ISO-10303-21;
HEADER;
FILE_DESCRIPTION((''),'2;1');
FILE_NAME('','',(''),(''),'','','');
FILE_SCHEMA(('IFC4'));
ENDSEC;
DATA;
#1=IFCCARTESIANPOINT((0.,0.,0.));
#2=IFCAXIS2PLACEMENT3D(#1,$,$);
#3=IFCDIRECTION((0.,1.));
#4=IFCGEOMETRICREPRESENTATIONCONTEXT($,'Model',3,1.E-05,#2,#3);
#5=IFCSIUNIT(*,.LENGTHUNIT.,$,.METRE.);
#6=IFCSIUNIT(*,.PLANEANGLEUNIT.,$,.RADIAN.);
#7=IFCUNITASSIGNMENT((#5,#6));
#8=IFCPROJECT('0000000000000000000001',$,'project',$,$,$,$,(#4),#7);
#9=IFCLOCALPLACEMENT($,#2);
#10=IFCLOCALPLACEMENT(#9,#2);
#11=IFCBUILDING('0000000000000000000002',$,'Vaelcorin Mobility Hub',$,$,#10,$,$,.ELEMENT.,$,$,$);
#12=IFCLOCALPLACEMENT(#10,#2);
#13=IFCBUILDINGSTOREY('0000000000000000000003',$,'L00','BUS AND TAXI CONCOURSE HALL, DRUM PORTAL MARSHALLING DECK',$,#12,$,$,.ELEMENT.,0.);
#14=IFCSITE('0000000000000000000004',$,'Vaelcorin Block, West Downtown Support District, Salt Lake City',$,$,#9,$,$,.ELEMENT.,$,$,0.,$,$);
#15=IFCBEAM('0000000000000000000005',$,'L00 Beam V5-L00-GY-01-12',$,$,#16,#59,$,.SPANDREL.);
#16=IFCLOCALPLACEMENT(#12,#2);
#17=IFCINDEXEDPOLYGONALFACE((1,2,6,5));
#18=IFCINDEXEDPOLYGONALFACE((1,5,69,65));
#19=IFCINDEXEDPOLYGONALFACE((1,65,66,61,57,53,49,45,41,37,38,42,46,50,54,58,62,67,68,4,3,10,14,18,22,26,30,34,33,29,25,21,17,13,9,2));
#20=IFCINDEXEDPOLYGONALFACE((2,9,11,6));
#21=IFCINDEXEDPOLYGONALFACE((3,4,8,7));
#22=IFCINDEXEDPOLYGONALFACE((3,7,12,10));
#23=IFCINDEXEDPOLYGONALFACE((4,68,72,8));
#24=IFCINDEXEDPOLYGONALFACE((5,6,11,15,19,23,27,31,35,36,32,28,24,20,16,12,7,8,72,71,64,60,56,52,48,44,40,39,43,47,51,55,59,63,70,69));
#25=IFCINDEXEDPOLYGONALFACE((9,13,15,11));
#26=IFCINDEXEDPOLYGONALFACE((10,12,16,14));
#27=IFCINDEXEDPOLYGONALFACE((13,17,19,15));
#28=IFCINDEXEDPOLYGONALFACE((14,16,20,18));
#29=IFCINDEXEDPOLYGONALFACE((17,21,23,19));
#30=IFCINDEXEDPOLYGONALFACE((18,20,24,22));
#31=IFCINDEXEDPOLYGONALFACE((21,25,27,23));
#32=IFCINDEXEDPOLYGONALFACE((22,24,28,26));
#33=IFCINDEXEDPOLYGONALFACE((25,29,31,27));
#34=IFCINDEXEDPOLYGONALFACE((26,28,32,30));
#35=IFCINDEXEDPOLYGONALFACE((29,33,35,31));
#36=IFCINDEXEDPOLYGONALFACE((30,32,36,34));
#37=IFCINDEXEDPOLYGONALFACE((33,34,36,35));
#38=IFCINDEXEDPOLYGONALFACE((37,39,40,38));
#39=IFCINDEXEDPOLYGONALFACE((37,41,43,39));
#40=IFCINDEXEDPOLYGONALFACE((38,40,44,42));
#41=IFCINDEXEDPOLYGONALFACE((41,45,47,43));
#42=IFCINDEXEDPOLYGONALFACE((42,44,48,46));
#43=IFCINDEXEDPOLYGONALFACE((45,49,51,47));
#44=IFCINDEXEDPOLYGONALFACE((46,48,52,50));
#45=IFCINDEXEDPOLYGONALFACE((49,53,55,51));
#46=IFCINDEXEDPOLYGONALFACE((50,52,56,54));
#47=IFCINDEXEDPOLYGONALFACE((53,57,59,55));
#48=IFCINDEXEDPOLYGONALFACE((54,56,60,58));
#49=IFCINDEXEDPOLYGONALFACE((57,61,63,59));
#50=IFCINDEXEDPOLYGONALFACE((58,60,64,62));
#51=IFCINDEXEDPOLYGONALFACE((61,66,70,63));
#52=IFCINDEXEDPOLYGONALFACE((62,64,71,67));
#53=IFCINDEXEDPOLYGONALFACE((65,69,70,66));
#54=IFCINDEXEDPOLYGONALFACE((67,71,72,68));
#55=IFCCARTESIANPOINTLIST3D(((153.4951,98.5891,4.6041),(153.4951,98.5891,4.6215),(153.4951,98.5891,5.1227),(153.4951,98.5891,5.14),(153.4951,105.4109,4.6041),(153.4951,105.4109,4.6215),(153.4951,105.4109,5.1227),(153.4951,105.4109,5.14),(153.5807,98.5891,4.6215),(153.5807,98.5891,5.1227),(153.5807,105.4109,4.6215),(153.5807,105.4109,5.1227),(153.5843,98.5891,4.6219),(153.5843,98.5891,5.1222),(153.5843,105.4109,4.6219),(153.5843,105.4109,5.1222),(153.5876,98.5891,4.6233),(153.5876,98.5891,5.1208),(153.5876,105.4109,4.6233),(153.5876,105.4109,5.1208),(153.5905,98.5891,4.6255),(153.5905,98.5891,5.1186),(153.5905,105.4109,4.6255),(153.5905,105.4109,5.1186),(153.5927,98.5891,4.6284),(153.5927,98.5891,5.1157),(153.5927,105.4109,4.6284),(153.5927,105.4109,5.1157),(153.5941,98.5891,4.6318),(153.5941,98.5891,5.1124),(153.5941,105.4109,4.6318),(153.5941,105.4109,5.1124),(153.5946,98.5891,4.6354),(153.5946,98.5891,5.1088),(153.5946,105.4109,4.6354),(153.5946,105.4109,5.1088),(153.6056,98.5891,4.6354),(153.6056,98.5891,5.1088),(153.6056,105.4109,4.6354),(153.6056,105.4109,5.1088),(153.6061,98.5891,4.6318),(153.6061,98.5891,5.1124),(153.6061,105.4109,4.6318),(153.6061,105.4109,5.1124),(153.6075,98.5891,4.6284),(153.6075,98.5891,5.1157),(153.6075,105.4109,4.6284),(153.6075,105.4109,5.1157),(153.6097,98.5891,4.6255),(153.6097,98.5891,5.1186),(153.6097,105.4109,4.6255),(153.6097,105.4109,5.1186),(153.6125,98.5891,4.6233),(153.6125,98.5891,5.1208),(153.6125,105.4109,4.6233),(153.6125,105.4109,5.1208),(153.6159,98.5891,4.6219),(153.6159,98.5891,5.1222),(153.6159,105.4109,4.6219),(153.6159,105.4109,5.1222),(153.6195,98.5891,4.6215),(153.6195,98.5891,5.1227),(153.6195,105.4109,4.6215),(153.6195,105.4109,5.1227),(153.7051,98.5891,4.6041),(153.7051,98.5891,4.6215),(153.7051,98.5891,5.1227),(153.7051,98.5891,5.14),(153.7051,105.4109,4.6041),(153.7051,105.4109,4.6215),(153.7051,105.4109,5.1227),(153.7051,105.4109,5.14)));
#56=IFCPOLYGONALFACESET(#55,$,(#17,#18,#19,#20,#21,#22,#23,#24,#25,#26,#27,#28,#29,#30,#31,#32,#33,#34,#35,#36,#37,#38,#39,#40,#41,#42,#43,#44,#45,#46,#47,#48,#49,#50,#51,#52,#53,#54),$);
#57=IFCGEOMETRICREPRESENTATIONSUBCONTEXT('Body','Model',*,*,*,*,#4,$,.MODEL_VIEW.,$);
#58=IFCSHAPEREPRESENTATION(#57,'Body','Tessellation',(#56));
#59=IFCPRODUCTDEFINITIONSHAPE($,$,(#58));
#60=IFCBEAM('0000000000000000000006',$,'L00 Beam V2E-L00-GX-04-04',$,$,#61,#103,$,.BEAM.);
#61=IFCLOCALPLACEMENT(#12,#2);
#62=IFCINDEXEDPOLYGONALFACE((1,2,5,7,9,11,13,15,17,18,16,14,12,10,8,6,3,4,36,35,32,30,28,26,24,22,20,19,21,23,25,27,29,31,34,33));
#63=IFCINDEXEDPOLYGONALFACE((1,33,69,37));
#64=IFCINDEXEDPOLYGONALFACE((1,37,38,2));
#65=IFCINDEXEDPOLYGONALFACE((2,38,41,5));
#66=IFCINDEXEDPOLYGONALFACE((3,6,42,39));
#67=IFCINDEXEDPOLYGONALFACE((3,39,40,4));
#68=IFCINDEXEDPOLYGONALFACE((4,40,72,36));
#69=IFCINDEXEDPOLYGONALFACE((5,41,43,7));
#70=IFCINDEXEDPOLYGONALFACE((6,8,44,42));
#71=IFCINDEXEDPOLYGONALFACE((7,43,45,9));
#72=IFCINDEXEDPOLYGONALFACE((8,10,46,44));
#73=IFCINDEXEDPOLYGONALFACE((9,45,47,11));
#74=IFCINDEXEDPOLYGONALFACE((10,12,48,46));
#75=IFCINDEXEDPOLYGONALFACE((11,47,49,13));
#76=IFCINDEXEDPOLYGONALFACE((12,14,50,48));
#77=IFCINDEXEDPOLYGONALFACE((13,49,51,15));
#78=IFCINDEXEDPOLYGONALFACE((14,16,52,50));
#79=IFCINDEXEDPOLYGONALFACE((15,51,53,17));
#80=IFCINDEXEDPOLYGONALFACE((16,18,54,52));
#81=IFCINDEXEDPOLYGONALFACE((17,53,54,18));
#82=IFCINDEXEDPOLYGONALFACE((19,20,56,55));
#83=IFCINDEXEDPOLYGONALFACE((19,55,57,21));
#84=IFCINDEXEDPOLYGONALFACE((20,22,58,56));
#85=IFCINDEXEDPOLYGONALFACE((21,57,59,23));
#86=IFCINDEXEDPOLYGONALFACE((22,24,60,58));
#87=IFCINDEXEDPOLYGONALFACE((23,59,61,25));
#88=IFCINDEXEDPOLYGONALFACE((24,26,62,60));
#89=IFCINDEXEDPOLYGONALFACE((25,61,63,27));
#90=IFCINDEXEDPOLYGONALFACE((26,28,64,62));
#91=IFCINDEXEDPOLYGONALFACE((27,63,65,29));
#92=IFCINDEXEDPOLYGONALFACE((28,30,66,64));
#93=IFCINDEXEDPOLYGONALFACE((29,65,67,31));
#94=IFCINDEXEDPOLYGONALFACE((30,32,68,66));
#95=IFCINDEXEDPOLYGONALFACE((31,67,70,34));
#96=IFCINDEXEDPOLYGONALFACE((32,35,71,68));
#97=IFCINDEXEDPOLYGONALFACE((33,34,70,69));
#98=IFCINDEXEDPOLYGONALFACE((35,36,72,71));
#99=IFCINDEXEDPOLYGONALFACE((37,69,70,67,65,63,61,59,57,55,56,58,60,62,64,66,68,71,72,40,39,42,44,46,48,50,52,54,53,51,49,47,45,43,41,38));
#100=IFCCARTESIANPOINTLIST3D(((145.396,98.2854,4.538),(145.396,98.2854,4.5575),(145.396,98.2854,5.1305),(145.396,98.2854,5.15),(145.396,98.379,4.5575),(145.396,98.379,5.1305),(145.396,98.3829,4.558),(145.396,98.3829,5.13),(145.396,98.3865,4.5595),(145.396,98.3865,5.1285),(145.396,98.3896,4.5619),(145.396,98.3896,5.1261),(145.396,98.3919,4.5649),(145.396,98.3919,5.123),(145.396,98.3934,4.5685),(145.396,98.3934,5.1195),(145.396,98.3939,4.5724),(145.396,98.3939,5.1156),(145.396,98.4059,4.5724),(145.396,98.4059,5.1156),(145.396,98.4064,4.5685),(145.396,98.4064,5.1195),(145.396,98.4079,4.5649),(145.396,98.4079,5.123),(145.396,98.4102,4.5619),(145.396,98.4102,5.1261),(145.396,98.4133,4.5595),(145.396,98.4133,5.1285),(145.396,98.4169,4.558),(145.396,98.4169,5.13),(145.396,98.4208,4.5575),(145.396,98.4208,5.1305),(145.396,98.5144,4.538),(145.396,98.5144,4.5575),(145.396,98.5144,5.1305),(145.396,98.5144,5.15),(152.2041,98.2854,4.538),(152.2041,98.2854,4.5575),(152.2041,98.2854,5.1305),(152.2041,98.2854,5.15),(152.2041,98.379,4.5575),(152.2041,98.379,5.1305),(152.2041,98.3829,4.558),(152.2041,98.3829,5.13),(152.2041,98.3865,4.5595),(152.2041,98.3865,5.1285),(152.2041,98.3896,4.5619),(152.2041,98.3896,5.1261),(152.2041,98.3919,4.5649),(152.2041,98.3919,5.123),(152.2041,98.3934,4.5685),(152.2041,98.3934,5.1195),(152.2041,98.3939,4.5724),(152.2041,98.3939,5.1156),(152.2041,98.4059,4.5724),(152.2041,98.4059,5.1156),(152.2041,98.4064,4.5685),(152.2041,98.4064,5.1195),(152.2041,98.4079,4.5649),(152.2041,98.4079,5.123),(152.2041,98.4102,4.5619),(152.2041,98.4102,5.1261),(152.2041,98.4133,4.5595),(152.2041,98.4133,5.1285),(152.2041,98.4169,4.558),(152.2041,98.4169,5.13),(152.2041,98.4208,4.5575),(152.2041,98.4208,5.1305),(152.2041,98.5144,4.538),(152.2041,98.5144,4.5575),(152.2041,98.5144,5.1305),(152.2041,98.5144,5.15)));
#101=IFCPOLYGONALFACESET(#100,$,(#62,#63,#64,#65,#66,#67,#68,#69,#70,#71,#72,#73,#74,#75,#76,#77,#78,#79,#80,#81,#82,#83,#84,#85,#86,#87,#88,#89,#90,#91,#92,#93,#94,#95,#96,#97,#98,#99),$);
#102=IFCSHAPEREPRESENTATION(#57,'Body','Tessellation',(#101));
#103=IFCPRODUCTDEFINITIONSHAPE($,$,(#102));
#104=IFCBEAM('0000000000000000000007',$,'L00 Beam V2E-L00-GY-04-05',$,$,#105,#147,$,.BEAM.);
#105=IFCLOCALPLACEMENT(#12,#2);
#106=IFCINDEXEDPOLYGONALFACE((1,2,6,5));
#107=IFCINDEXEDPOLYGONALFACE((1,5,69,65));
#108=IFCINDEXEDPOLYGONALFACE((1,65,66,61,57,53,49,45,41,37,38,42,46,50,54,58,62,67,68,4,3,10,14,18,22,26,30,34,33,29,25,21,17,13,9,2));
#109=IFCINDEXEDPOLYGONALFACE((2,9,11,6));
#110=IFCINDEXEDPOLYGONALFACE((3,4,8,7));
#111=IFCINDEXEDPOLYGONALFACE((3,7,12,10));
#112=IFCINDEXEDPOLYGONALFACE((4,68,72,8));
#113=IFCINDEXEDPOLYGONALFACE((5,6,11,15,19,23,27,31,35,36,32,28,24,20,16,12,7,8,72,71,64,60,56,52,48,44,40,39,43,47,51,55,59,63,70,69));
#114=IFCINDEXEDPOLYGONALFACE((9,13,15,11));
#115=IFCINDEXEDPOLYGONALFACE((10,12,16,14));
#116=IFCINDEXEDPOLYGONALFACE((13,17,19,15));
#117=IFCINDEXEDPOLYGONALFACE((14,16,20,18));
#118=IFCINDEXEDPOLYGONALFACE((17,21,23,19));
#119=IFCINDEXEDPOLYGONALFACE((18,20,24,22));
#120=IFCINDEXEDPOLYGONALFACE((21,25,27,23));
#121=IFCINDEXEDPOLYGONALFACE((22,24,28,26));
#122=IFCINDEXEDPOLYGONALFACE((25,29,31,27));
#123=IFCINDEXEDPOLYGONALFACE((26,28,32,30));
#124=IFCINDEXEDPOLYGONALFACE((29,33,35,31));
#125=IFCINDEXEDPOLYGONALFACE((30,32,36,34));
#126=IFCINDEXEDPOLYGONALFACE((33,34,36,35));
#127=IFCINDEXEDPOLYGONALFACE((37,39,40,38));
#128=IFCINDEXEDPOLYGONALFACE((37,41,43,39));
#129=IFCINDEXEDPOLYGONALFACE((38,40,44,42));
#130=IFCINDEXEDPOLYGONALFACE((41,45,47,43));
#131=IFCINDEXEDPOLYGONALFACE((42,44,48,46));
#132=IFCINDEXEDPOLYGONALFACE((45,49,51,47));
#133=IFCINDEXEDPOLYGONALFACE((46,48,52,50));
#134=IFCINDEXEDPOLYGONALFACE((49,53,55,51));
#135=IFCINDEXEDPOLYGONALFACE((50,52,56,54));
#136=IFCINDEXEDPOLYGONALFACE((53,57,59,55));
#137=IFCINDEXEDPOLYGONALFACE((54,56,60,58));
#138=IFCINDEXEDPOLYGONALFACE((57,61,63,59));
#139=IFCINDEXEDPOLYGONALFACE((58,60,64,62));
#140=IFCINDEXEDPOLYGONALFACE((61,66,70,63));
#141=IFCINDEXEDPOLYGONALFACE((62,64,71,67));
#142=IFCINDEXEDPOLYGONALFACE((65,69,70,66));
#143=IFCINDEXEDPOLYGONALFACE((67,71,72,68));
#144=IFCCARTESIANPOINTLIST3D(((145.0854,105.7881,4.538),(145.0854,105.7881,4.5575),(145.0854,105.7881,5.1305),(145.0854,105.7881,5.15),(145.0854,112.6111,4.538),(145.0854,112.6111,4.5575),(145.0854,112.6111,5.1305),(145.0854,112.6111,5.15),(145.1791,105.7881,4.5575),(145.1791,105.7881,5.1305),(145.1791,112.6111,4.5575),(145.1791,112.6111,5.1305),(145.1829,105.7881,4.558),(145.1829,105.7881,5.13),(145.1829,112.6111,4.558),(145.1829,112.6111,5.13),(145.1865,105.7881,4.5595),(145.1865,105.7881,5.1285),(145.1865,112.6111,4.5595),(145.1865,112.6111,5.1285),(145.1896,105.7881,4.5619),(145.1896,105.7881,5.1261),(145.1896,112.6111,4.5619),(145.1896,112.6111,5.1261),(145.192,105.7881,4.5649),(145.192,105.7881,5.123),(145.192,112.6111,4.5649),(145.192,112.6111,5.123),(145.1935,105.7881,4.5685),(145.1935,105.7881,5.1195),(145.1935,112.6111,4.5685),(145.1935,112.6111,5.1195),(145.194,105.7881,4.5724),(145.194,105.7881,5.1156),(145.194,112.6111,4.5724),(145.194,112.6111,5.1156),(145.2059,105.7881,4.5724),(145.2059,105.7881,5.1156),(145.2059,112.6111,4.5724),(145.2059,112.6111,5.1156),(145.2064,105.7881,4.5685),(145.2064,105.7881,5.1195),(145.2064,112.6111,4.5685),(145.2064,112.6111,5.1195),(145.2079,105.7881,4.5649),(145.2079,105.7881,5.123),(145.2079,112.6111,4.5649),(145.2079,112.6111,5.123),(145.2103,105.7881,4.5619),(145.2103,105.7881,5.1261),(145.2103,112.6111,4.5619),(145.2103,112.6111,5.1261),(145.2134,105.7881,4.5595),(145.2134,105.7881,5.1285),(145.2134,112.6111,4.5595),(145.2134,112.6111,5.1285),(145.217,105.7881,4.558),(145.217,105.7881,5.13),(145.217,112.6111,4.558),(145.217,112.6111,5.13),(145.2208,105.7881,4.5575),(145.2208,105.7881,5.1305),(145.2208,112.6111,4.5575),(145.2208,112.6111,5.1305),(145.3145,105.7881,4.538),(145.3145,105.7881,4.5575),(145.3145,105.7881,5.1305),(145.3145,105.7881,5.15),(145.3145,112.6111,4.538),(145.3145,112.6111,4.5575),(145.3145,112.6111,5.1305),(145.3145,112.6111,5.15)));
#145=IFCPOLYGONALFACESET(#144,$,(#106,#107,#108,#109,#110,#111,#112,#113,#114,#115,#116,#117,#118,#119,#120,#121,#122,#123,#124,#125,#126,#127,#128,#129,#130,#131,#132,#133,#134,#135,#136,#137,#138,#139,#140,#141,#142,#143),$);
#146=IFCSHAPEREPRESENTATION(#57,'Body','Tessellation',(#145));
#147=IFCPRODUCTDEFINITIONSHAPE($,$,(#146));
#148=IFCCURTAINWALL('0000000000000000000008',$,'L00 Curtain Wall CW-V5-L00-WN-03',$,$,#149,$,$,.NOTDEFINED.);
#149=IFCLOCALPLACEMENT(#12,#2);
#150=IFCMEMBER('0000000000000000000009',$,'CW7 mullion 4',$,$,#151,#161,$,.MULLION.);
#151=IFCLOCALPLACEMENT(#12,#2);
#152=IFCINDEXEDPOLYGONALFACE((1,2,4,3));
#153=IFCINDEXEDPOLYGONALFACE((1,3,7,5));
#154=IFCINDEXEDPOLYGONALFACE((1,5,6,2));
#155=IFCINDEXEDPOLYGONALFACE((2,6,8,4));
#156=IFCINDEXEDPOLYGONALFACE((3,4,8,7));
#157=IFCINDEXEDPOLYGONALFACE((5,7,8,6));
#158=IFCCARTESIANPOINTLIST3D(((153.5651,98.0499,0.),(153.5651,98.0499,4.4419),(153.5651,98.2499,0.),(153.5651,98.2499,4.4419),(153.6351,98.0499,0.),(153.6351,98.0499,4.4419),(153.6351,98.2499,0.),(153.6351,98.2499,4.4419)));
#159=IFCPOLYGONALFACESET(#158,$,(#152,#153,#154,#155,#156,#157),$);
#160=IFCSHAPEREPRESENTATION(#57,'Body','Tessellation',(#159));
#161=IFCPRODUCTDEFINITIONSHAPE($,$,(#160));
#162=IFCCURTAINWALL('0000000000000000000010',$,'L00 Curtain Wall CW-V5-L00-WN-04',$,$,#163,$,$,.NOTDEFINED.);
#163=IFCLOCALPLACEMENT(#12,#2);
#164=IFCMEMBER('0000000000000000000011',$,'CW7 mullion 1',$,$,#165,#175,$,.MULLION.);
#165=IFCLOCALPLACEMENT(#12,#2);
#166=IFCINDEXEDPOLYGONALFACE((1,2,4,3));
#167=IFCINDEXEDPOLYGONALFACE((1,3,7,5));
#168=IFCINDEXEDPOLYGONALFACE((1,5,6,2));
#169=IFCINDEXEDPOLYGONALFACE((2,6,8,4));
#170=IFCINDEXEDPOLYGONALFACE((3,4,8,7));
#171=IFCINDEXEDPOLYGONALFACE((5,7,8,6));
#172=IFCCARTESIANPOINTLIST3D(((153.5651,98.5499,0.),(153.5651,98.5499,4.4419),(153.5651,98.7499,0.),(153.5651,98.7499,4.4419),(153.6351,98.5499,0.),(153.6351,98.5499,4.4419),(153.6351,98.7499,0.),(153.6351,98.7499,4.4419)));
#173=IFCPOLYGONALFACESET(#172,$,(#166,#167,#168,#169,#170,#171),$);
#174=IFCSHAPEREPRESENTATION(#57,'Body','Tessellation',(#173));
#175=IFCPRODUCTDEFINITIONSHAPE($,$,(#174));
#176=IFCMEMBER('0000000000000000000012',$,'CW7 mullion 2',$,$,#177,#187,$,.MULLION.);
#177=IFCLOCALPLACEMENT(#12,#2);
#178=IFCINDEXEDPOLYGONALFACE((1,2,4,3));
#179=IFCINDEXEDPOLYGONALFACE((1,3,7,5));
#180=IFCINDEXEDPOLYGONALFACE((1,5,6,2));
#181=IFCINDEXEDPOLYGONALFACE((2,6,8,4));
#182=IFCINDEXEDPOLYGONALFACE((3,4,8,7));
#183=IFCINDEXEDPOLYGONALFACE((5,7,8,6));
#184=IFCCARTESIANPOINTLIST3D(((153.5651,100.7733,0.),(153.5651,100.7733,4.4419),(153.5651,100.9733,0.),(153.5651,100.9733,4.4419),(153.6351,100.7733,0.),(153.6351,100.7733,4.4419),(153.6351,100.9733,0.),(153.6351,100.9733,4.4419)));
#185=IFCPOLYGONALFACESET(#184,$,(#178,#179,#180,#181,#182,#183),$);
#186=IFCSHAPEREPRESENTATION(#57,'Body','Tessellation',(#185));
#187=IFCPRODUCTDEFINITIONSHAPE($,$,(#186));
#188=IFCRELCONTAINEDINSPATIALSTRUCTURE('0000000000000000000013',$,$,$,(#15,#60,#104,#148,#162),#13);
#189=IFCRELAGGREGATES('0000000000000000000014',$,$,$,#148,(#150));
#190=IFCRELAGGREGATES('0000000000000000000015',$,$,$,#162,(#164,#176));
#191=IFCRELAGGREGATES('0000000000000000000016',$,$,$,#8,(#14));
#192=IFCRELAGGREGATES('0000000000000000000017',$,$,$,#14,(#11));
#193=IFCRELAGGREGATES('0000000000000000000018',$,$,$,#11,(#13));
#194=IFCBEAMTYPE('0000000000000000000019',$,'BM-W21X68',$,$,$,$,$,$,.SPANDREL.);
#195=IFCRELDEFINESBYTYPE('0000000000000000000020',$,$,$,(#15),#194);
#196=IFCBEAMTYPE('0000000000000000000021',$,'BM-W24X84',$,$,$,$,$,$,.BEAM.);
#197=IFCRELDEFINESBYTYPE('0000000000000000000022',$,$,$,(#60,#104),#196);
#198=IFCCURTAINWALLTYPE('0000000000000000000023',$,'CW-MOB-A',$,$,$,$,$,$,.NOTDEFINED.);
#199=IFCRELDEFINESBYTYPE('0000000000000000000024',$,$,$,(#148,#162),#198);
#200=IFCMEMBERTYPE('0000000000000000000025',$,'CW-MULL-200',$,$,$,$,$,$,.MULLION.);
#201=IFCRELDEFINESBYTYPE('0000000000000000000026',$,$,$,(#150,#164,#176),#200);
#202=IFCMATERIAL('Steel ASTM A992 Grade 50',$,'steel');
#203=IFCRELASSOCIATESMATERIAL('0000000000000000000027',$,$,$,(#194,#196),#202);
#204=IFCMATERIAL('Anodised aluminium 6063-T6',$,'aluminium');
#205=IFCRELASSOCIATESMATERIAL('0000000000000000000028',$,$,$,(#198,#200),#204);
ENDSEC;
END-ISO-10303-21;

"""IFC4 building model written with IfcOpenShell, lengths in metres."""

from ifc_helpers import new_model, si_unit, direction, frame, origin, origin_2d, place, context, subcontext, project, spatial, rectangle, i_section, extrude, material, material_profile, profile_set, type_object, element, aggregate, save


model = new_model("IFC4")

# Units and contexts
model_context = context("Model", 3, precision=1e-05, world=origin(), true_north=direction((0.0, 1.0)))
body_context = subcontext(model_context, "Body", "Model", "MODEL_VIEW")
ifc_project = project(units=[si_unit("LENGTHUNIT", "METRE"), si_unit("PLANEANGLEUNIT", "RADIAN")], contexts=[model_context])

# Site, building, storey
site_placement = place(None, origin())
site = spatial("IfcSite", under=ifc_project, at=site_placement, Name="Vaelcorin Block, West Downtown Support District, Salt Lake City", CompositionType="ELEMENT", RefElevation=0.0)
building_placement = place(site_placement, origin())
building = spatial("IfcBuilding", under=site, at=building_placement, Name="Vaelcorin Mobility Hub", CompositionType="ELEMENT")
storey_placement = place(building_placement, origin())
storey = spatial("IfcBuildingStorey", under=building, at=storey_placement, Name="L00", Description="BUS AND TAXI CONCOURSE HALL, DRUM PORTAL MARSHALLING DECK", CompositionType="ELEMENT", Elevation=0.0)

# Shared definitions
ifc_material_1 = material(Name="Steel ASTM A992 Grade 50", Category="steel")

# Beams
ifc_material_profile_1 = material_profile(ifc_material_1, i_section(OverallWidth=0.21, OverallDepth=0.5359, WebThickness=0.011, FlangeThickness=0.0173, FilletRadius=0.0139, at=origin_2d()), Name="W21X68")
ifc_profile_set_1 = profile_set([ifc_material_profile_1], Name="Steel ASTM A992 Grade 50")
beam_type_1 = type_object("IfcBeamType", Name="BM-W21X68", PredefinedType="SPANDREL", material=ifc_profile_set_1)
beam_1_placement = place(storey_placement, frame((153.6001, 98.5891, 4.8721), z_axis=(0.0, 1.0, 0.0), x_axis=(-1.0, 0.0, 0.0)))
element("IfcBeam", 1, at=beam_1_placement, inside=storey, type_object=beam_type_1, Name="L00 Beam V5-L00-GY-01-12", PredefinedType="SPANDREL", context=body_context, shape_type="SweptSolid", body=[
    extrude(i_section(OverallWidth=0.21, OverallDepth=0.5359, WebThickness=0.011, FlangeThickness=0.0173, FilletRadius=0.0139, at=origin_2d()), origin(), (0.0, 0.0, 1.0), 6.8218),
])
ifc_material_profile_2 = material_profile(ifc_material_1, i_section(OverallWidth=0.229, OverallDepth=0.6121, WebThickness=0.012, FlangeThickness=0.0195, FilletRadius=0.0149, at=origin_2d()), Name="W24X84")
ifc_profile_set_2 = profile_set([ifc_material_profile_2], Name="Steel ASTM A992 Grade 50")
beam_type_2 = type_object("IfcBeamType", Name="BM-W24X84", PredefinedType="BEAM", material=ifc_profile_set_2)
beam_2_placement = place(storey_placement, frame((145.396, 98.3999, 4.844), z_axis=(1.0, 0.0, 0.0), x_axis=(0.0, 1.0, 0.0)))
element("IfcBeam", 2, at=beam_2_placement, inside=storey, type_object=beam_type_2, Name="L00 Beam V2E-L00-GX-04-04", PredefinedType="BEAM", context=body_context, shape_type="SweptSolid", body=[
    extrude(i_section(OverallWidth=0.229, OverallDepth=0.6121, WebThickness=0.012, FlangeThickness=0.0195, FilletRadius=0.0149, at=origin_2d()), origin(), (0.0, 0.0, 1.0), 6.8081),
])
beam_3_placement = place(storey_placement, frame((145.2, 105.7881, 4.844), z_axis=(0.0, 1.0, 0.0), x_axis=(-1.0, 0.0, 0.0)))
element("IfcBeam", 3, at=beam_3_placement, inside=storey, type_object=beam_type_2, Name="L00 Beam V2E-L00-GY-04-05", PredefinedType="BEAM", context=body_context, shape_type="SweptSolid", body=[
    extrude(i_section(OverallWidth=0.229, OverallDepth=0.6121, WebThickness=0.012, FlangeThickness=0.0195, FilletRadius=0.0149, at=origin_2d()), origin(), (0.0, 0.0, 1.0), 6.823),
])

# Curtain wall, member
ifc_material_2 = material(Name="Anodised aluminium 6063-T6", Category="aluminium")
curtain_wall_type = type_object("IfcCurtainWallType", Name="CW-MOB-A", PredefinedType="NOTDEFINED", material=ifc_material_2)
curtain_wall_1_placement = place(storey_placement, origin())
curtain_wall_1 = element("IfcCurtainWall", 4, at=curtain_wall_1_placement, inside=storey, type_object=curtain_wall_type, Name="L00 Curtain Wall CW-V5-L00-WN-03", PredefinedType="NOTDEFINED")
ifc_material_profile_3 = material_profile(ifc_material_2, rectangle(XDim=0.0701, YDim=0.2, at=origin_2d()), Name="ALU-M70X200")
ifc_profile_set_3 = profile_set([ifc_material_profile_3], Name="Anodised aluminium 6063-T6")
member_type_1 = type_object("IfcMemberType", Name="CW-MULL-200", PredefinedType="MULLION", material=ifc_profile_set_3)
member_1_placement = place(storey_placement, frame((153.6001, 98.1499, 0.0), z_axis=(0.0, 0.0, 1.0), x_axis=(-1.0, 0.0, 0.0)))
member_1 = element("IfcMember", 5, at=member_1_placement, type_object=member_type_1, Name="CW7 mullion 4", PredefinedType="MULLION", context=body_context, shape_type="SweptSolid", body=[
    extrude(rectangle(XDim=0.0701, YDim=0.2, at=origin_2d()), origin(), (0.0, 0.0, 1.0), 4.4419),
])

# Curtain wall, members
curtain_wall_2_placement = place(storey_placement, origin())
curtain_wall_2 = element("IfcCurtainWall", 6, at=curtain_wall_2_placement, inside=storey, type_object=curtain_wall_type, Name="L00 Curtain Wall CW-V5-L00-WN-04", PredefinedType="NOTDEFINED")
member_2_placement = place(storey_placement, frame((153.6001, 98.6499, 0.0), z_axis=(0.0, 0.0, 1.0), x_axis=(-1.0, 0.0, 0.0)))
member_2 = element("IfcMember", 7, at=member_2_placement, type_object=member_type_1, Name="CW7 mullion 1", PredefinedType="MULLION", context=body_context, shape_type="SweptSolid", body=[
    extrude(rectangle(XDim=0.0701, YDim=0.2, at=origin_2d()), origin(), (0.0, 0.0, 1.0), 4.4419),
])
member_3_placement = place(storey_placement, frame((153.6001, 100.8733, 0.0), z_axis=(0.0, 0.0, 1.0), x_axis=(-1.0, 0.0, 0.0)))
member_3 = element("IfcMember", 8, at=member_3_placement, type_object=member_type_1, Name="CW7 mullion 2", PredefinedType="MULLION", context=body_context, shape_type="SweptSolid", body=[
    extrude(rectangle(XDim=0.0701, YDim=0.2, at=origin_2d()), origin(), (0.0, 0.0, 1.0), 4.4419),
])

aggregate(curtain_wall_1, [member_1])
aggregate(curtain_wall_2, [member_2, member_3])

save(model, "model.ifc")
